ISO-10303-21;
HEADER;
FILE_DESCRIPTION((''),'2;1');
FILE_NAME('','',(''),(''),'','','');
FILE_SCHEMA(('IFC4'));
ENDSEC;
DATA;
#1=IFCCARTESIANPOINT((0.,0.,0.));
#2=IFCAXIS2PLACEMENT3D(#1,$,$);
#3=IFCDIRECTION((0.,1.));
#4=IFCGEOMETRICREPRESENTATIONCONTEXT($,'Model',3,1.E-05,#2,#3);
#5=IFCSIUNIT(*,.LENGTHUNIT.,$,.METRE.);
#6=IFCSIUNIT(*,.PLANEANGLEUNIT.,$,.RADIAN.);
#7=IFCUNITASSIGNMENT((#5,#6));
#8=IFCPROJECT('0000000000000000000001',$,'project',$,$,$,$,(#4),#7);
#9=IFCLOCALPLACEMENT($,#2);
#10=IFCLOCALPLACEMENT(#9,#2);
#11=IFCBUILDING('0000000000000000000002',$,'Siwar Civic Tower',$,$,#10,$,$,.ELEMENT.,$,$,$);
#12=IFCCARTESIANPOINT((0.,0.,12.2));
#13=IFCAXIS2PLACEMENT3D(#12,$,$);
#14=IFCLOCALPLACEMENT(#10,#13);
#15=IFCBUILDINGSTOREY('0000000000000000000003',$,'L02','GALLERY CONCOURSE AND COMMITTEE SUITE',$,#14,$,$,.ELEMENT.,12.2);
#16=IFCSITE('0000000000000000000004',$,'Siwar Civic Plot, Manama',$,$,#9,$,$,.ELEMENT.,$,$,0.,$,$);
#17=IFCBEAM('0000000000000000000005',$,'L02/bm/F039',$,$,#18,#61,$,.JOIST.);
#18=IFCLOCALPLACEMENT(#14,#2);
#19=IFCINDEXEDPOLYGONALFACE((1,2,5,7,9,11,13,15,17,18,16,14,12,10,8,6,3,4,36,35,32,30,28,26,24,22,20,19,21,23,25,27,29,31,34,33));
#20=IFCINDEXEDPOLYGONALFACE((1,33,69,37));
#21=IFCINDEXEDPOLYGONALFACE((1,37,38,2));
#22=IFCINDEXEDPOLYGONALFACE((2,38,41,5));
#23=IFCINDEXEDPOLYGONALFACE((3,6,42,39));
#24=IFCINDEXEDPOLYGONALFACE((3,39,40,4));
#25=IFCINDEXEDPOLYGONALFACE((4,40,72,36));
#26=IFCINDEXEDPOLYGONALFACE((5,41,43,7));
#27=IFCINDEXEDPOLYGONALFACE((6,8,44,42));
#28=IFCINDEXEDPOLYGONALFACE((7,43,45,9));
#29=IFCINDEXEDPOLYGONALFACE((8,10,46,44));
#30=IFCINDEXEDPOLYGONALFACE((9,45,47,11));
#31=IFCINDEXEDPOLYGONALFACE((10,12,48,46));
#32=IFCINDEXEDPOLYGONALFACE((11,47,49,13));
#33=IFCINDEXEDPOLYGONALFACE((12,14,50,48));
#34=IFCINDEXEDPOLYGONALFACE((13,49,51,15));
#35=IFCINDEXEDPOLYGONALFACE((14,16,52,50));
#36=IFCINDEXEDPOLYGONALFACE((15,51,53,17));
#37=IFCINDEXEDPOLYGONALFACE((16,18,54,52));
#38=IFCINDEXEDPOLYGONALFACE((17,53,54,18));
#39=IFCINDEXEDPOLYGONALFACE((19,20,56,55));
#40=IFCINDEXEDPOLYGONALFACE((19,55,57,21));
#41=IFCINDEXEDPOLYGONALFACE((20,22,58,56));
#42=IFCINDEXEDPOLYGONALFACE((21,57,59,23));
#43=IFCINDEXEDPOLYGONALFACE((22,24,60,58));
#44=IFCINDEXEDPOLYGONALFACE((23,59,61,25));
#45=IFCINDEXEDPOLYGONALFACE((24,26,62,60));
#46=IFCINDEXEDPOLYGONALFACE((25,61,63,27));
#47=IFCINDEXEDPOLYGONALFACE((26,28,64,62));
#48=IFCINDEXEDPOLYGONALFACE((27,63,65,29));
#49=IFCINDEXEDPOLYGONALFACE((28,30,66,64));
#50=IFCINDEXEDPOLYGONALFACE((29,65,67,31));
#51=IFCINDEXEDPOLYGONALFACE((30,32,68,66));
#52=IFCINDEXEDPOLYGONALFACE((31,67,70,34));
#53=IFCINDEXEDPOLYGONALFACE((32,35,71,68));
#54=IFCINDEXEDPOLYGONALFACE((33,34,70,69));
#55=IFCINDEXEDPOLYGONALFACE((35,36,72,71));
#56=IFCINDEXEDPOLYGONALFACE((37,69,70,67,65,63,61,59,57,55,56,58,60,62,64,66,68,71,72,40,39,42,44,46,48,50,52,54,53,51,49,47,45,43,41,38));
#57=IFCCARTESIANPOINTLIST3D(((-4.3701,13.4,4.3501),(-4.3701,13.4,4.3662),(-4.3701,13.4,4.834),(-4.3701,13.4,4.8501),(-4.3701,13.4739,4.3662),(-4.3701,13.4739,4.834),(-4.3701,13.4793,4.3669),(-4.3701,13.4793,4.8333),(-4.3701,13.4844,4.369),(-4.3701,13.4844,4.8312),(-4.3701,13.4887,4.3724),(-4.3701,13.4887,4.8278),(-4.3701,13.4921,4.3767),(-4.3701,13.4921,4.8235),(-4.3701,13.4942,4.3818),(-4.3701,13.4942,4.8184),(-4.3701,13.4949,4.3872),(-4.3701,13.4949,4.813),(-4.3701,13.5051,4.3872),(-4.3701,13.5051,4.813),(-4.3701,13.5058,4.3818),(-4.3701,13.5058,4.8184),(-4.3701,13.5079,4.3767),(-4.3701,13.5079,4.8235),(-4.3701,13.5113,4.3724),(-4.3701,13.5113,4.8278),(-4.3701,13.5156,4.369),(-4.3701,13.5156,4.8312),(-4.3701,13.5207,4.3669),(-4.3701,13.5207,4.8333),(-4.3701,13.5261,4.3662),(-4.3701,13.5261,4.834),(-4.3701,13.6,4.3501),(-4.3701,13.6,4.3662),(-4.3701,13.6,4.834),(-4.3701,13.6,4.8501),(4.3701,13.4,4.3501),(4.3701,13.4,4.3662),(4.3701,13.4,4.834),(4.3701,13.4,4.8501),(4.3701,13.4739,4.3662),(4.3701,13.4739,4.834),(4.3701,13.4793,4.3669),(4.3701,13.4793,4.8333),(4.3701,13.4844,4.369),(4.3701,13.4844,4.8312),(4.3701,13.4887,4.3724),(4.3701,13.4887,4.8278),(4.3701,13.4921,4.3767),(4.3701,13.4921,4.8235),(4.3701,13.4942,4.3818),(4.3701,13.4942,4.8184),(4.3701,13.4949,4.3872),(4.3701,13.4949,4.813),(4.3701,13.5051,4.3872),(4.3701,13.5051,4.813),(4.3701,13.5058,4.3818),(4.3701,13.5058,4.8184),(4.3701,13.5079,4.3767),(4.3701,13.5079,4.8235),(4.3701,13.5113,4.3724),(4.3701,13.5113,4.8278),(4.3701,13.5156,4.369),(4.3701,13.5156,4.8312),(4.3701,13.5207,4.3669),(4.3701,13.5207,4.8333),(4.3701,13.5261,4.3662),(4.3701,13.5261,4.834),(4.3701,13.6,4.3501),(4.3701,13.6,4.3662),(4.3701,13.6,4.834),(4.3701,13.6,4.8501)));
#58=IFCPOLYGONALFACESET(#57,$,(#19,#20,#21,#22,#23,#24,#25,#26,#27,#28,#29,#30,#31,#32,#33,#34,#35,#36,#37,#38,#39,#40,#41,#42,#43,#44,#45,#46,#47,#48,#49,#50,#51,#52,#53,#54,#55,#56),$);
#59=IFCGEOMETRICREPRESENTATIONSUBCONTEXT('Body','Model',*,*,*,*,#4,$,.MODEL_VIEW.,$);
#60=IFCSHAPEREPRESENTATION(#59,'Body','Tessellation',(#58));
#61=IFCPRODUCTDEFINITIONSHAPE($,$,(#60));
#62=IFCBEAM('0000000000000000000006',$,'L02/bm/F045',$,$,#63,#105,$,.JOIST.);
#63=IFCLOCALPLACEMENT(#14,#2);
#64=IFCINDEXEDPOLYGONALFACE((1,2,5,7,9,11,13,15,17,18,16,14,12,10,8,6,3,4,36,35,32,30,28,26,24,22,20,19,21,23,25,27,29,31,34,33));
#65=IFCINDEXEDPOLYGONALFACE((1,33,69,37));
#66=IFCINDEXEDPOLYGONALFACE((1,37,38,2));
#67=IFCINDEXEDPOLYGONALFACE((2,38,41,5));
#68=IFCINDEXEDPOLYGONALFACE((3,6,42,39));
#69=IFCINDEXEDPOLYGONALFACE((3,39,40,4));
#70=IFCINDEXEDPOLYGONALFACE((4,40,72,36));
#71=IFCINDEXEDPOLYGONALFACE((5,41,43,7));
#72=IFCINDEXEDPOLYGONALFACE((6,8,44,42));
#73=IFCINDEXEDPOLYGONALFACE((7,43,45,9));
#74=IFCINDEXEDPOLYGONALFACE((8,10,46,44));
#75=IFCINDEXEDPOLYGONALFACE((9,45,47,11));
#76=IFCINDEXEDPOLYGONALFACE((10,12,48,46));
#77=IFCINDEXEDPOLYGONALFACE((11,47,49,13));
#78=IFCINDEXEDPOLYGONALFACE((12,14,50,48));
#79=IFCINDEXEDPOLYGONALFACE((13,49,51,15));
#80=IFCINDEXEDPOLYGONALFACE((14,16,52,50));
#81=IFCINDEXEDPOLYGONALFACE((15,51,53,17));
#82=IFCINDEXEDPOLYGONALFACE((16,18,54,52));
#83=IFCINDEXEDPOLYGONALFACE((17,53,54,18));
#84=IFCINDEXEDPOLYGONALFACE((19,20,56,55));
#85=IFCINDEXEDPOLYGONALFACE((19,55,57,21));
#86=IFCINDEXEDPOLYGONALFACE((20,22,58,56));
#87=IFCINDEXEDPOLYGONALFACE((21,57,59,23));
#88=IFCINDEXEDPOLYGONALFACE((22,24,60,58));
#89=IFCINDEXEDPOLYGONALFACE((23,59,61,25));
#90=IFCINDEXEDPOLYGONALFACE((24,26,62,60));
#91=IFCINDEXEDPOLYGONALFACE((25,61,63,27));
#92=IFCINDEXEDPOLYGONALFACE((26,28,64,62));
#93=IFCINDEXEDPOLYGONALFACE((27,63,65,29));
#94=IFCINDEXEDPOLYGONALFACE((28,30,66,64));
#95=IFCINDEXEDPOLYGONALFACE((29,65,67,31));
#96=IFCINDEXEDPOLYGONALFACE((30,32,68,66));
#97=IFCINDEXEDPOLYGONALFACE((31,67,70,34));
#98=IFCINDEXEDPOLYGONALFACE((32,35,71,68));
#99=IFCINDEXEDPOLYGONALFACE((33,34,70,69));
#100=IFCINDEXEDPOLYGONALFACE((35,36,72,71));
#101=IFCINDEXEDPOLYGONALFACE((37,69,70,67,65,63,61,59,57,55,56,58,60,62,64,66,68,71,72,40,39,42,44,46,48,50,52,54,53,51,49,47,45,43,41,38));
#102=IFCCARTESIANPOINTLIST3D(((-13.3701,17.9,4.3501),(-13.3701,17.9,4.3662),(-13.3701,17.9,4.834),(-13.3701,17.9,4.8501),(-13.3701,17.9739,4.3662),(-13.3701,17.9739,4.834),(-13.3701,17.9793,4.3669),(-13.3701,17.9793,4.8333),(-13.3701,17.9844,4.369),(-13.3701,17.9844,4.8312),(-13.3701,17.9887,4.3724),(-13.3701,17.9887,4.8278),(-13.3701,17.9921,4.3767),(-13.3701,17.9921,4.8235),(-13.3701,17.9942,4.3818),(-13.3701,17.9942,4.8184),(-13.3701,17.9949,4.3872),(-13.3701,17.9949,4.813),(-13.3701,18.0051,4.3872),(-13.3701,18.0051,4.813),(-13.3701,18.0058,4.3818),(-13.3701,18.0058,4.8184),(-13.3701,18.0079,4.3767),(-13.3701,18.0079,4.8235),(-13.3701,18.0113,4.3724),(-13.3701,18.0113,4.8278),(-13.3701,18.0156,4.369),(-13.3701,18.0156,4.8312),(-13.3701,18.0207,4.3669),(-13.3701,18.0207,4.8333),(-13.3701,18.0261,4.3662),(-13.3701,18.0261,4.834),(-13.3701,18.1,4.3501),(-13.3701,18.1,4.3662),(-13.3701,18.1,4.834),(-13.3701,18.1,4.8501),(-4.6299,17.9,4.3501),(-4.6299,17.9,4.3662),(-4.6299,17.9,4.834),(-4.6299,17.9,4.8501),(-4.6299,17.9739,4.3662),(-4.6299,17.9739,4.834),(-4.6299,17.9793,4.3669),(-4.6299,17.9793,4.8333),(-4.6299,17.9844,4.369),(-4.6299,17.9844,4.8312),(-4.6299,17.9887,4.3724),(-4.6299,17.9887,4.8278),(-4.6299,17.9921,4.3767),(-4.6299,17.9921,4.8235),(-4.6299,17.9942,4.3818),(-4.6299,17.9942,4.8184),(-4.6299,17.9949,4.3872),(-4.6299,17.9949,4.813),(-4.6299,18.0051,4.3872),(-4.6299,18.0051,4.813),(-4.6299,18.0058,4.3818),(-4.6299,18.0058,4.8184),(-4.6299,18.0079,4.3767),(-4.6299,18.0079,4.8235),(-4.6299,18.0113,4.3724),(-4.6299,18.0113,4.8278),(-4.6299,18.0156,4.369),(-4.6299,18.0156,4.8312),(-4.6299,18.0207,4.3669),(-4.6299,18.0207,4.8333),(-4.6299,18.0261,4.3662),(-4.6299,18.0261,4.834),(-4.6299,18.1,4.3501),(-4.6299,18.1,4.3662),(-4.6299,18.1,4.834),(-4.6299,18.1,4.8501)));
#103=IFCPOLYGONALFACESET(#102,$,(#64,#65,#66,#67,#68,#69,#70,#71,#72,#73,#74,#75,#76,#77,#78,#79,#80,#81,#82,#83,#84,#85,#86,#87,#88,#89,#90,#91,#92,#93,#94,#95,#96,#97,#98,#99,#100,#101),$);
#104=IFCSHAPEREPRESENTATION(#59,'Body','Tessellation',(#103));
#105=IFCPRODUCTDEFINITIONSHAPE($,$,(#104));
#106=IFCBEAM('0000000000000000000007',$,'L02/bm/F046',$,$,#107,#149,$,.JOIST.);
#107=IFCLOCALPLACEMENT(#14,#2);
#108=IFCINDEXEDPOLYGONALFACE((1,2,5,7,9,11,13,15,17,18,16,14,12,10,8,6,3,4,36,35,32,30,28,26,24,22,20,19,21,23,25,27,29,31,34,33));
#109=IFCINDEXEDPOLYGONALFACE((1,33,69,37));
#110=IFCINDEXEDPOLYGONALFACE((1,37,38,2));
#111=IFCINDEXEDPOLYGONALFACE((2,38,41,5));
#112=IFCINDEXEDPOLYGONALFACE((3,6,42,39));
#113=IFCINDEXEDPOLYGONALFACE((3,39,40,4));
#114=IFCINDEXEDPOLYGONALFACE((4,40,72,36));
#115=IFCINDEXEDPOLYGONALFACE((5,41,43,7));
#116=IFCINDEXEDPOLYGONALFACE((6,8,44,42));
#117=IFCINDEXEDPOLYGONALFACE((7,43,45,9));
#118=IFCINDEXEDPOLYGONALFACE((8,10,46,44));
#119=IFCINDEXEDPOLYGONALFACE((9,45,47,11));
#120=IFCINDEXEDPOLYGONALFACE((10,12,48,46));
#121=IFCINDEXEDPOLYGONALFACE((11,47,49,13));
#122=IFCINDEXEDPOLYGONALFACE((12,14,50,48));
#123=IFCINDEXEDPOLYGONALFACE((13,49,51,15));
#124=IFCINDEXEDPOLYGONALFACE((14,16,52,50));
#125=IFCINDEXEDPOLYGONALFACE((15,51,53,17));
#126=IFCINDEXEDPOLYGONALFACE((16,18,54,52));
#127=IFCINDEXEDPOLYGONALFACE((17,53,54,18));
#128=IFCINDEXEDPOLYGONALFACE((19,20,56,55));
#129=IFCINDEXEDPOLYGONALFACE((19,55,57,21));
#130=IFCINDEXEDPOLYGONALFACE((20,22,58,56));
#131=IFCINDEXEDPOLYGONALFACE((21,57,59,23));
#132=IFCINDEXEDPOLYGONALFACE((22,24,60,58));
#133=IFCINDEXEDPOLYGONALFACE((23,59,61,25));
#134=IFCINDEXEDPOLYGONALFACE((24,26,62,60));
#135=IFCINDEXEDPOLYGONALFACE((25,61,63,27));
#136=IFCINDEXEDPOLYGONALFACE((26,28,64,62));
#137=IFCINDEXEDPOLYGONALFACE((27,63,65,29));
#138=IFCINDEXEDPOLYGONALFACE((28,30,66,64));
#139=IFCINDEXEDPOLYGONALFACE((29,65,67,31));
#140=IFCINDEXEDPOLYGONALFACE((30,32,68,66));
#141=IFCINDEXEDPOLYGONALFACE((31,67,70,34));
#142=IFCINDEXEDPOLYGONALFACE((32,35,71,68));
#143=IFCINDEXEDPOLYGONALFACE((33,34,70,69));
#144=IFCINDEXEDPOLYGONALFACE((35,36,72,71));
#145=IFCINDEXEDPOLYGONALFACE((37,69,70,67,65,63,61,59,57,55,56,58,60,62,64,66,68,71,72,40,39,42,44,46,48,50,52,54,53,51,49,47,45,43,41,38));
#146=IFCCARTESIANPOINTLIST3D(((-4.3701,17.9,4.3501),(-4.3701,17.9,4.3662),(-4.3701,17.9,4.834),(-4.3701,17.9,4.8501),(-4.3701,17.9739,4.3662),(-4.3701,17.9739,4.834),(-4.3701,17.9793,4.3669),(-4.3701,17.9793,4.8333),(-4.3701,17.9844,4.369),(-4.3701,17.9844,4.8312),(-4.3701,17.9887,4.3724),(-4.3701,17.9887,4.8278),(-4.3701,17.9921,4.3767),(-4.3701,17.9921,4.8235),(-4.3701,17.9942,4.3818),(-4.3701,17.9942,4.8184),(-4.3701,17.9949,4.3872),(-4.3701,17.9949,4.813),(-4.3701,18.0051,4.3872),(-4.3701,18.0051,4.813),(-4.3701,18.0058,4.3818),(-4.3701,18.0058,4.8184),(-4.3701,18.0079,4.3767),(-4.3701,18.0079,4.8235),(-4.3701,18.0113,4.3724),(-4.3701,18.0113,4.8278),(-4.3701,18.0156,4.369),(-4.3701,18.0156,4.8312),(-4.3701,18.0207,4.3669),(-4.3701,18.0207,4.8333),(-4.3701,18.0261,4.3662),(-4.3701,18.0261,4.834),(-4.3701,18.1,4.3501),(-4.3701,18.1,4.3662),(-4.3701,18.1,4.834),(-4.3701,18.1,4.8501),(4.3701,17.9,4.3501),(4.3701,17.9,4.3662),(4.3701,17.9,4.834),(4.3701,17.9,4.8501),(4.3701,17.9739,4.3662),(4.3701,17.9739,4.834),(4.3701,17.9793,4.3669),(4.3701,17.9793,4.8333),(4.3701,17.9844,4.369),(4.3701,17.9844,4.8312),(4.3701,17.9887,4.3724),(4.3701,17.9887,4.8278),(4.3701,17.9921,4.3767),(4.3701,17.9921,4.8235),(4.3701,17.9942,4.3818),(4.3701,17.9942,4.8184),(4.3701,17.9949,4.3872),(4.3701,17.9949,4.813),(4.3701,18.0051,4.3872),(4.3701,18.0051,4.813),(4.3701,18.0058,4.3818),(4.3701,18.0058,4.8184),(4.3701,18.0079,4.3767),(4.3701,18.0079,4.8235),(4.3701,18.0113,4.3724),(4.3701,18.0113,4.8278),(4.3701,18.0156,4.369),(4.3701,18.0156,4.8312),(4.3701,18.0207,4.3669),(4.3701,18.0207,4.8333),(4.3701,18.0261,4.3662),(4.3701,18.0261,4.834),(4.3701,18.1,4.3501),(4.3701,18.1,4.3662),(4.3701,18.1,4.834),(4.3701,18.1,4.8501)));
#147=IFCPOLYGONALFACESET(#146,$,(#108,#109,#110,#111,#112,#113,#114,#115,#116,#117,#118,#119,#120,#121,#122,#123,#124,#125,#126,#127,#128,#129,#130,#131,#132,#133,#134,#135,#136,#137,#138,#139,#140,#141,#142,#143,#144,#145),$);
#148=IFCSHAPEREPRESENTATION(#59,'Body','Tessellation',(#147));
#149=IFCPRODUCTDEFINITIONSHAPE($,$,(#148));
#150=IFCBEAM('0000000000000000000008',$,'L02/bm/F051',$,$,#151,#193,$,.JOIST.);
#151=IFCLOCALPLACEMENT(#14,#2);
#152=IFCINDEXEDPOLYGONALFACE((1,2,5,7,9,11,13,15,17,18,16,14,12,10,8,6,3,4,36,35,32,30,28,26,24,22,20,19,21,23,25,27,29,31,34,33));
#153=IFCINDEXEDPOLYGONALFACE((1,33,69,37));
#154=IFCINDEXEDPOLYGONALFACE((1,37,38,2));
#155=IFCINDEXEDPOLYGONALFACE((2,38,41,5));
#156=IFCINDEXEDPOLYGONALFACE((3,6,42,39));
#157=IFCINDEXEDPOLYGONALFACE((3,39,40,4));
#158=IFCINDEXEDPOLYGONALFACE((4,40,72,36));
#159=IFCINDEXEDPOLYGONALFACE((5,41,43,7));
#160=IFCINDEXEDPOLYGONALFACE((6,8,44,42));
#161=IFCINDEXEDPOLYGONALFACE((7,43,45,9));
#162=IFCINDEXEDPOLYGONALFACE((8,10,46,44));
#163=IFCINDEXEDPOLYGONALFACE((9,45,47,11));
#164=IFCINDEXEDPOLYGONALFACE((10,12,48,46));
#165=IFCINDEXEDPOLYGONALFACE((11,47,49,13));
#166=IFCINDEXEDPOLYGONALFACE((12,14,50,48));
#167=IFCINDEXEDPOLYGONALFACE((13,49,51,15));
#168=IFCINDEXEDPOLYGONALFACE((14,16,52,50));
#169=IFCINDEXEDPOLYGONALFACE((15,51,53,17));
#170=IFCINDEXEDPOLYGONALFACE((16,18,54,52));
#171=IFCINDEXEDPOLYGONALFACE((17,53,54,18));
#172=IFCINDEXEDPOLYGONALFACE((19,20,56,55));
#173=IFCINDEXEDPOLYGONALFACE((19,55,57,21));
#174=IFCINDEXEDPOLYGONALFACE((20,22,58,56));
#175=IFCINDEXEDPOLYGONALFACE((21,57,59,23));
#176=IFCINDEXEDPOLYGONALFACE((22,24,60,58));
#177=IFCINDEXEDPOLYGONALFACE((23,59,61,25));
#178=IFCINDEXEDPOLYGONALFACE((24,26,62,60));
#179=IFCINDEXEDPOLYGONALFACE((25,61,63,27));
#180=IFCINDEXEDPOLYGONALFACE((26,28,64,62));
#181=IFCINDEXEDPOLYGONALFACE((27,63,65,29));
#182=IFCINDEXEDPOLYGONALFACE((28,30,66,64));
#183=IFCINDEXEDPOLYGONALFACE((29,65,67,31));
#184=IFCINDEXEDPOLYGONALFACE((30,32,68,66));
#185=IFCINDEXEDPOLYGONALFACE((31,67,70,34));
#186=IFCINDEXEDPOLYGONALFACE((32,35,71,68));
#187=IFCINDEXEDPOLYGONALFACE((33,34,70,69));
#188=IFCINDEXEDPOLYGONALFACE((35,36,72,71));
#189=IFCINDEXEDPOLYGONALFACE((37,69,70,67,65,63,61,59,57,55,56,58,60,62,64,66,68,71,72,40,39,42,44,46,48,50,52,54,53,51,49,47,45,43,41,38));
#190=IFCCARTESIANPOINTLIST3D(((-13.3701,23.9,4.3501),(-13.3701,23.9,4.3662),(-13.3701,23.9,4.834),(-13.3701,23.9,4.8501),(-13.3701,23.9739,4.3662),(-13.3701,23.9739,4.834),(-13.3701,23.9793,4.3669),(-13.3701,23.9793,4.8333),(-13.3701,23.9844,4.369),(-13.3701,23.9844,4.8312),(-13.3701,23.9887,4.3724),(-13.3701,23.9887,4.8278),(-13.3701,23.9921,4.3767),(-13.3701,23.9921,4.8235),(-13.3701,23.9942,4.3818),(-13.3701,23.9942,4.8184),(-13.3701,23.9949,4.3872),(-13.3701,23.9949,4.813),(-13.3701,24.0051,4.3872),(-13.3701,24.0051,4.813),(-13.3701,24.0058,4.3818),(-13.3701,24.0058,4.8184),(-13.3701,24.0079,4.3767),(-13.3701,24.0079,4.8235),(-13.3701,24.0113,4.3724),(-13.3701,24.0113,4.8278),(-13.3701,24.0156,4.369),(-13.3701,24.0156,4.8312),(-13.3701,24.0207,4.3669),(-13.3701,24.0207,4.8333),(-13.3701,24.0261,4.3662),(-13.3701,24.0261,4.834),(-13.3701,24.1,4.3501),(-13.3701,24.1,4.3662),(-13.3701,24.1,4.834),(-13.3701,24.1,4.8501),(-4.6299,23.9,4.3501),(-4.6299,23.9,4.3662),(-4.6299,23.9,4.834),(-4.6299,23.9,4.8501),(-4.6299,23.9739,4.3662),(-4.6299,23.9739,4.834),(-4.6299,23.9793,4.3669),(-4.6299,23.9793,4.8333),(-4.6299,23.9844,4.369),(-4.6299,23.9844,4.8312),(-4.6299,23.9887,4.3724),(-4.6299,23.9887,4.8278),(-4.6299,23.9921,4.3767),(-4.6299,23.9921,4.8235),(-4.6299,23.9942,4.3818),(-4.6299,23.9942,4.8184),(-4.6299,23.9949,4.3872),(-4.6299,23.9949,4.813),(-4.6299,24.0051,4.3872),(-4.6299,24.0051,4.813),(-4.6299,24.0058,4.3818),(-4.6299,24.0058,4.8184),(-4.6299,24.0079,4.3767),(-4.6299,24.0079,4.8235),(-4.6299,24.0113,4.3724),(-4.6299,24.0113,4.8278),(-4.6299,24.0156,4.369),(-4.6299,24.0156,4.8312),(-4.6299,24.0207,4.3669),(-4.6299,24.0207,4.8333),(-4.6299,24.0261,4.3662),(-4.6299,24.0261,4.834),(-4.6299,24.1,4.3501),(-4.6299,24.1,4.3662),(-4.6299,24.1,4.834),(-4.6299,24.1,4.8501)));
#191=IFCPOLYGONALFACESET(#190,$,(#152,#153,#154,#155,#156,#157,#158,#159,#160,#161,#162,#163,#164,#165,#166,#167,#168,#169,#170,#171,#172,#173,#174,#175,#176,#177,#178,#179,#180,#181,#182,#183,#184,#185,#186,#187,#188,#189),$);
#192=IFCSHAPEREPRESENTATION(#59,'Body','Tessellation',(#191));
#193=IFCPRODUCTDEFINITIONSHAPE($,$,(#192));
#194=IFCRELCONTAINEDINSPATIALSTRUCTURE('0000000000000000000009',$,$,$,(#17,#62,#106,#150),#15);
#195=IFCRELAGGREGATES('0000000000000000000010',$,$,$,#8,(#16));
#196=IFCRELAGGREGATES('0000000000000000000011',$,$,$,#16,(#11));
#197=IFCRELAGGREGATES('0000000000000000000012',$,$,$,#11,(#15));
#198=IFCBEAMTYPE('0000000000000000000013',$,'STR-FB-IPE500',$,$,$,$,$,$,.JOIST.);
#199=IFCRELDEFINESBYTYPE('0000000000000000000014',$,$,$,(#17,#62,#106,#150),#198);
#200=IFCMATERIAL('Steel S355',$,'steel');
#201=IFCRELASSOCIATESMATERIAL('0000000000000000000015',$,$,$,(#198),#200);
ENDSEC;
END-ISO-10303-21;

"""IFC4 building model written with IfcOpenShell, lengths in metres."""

from ifc_helpers import new_model, si_unit, direction, frame, origin, origin_2d, place, context, subcontext, project, spatial, i_section, extrude, material, material_profile, profile_set, type_object, element, save


model = new_model("IFC4")

# Units and contexts
model_context = context("Model", 3, precision=1e-05, world=origin(), true_north=direction((0.0, 1.0)))
body_context = subcontext(model_context, "Body", "Model", "MODEL_VIEW")
ifc_project = project(units=[si_unit("LENGTHUNIT", "METRE"), si_unit("PLANEANGLEUNIT", "RADIAN")], contexts=[model_context])

# Site, building, storey
site_placement = place(None, origin())
site = spatial("IfcSite", under=ifc_project, at=site_placement, Name="Siwar Civic Plot, Manama", CompositionType="ELEMENT", RefElevation=0.0)
building_placement = place(site_placement, origin())
building = spatial("IfcBuilding", under=site, at=building_placement, Name="Siwar Civic Tower", CompositionType="ELEMENT")
storey_placement = place(building_placement, frame((0.0, 0.0, 12.2)))
storey = spatial("IfcBuildingStorey", under=building, at=storey_placement, Name="L02", Description="GALLERY CONCOURSE AND COMMITTEE SUITE", CompositionType="ELEMENT", Elevation=12.2)

# Beams
ifc_material_1 = material(Name="Steel S355", Category="steel")
ifc_material_profile_1 = material_profile(ifc_material_1, i_section(OverallWidth=0.2, OverallDepth=0.5, WebThickness=0.0103, FlangeThickness=0.0161, FilletRadius=0.021, at=origin_2d()), Name="IPE500")
ifc_profile_set_1 = profile_set([ifc_material_profile_1], Name="Steel S355")
beam_type_1 = type_object("IfcBeamType", Name="STR-FB-IPE500", PredefinedType="JOIST", material=ifc_profile_set_1)
for number, where, z_axis, x_axis, name in (
    (1, (-4.3701, 13.5, 4.6001), (1.0, 0.0, 0.0), (0.0, 1.0, 0.0), "L02/bm/F039"),
    (2, (-13.3701, 18.0, 4.6001), (1.0, 0.0, 0.0), (0.0, 1.0, 0.0), "L02/bm/F045"),
    (3, (-4.3701, 18.0, 4.6001), (1.0, 0.0, 0.0), (0.0, 1.0, 0.0), "L02/bm/F046"),
    (4, (-13.3701, 24.0, 4.6001), (1.0, 0.0, 0.0), (0.0, 1.0, 0.0), "L02/bm/F051"),
):
    element("IfcBeam", number, at=place(storey_placement, frame(where, z_axis=z_axis, x_axis=x_axis)), inside=storey, type_object=beam_type_1, Name=name, PredefinedType="JOIST", context=body_context, shape_type="SweptSolid", body=[
        extrude(i_section(OverallWidth=0.2, OverallDepth=0.5, WebThickness=0.0103, FlangeThickness=0.0161, FilletRadius=0.021, at=origin_2d()), origin(), (0.0, 0.0, 1.0), 8.7402),
    ])

save(model, "model.ifc")
